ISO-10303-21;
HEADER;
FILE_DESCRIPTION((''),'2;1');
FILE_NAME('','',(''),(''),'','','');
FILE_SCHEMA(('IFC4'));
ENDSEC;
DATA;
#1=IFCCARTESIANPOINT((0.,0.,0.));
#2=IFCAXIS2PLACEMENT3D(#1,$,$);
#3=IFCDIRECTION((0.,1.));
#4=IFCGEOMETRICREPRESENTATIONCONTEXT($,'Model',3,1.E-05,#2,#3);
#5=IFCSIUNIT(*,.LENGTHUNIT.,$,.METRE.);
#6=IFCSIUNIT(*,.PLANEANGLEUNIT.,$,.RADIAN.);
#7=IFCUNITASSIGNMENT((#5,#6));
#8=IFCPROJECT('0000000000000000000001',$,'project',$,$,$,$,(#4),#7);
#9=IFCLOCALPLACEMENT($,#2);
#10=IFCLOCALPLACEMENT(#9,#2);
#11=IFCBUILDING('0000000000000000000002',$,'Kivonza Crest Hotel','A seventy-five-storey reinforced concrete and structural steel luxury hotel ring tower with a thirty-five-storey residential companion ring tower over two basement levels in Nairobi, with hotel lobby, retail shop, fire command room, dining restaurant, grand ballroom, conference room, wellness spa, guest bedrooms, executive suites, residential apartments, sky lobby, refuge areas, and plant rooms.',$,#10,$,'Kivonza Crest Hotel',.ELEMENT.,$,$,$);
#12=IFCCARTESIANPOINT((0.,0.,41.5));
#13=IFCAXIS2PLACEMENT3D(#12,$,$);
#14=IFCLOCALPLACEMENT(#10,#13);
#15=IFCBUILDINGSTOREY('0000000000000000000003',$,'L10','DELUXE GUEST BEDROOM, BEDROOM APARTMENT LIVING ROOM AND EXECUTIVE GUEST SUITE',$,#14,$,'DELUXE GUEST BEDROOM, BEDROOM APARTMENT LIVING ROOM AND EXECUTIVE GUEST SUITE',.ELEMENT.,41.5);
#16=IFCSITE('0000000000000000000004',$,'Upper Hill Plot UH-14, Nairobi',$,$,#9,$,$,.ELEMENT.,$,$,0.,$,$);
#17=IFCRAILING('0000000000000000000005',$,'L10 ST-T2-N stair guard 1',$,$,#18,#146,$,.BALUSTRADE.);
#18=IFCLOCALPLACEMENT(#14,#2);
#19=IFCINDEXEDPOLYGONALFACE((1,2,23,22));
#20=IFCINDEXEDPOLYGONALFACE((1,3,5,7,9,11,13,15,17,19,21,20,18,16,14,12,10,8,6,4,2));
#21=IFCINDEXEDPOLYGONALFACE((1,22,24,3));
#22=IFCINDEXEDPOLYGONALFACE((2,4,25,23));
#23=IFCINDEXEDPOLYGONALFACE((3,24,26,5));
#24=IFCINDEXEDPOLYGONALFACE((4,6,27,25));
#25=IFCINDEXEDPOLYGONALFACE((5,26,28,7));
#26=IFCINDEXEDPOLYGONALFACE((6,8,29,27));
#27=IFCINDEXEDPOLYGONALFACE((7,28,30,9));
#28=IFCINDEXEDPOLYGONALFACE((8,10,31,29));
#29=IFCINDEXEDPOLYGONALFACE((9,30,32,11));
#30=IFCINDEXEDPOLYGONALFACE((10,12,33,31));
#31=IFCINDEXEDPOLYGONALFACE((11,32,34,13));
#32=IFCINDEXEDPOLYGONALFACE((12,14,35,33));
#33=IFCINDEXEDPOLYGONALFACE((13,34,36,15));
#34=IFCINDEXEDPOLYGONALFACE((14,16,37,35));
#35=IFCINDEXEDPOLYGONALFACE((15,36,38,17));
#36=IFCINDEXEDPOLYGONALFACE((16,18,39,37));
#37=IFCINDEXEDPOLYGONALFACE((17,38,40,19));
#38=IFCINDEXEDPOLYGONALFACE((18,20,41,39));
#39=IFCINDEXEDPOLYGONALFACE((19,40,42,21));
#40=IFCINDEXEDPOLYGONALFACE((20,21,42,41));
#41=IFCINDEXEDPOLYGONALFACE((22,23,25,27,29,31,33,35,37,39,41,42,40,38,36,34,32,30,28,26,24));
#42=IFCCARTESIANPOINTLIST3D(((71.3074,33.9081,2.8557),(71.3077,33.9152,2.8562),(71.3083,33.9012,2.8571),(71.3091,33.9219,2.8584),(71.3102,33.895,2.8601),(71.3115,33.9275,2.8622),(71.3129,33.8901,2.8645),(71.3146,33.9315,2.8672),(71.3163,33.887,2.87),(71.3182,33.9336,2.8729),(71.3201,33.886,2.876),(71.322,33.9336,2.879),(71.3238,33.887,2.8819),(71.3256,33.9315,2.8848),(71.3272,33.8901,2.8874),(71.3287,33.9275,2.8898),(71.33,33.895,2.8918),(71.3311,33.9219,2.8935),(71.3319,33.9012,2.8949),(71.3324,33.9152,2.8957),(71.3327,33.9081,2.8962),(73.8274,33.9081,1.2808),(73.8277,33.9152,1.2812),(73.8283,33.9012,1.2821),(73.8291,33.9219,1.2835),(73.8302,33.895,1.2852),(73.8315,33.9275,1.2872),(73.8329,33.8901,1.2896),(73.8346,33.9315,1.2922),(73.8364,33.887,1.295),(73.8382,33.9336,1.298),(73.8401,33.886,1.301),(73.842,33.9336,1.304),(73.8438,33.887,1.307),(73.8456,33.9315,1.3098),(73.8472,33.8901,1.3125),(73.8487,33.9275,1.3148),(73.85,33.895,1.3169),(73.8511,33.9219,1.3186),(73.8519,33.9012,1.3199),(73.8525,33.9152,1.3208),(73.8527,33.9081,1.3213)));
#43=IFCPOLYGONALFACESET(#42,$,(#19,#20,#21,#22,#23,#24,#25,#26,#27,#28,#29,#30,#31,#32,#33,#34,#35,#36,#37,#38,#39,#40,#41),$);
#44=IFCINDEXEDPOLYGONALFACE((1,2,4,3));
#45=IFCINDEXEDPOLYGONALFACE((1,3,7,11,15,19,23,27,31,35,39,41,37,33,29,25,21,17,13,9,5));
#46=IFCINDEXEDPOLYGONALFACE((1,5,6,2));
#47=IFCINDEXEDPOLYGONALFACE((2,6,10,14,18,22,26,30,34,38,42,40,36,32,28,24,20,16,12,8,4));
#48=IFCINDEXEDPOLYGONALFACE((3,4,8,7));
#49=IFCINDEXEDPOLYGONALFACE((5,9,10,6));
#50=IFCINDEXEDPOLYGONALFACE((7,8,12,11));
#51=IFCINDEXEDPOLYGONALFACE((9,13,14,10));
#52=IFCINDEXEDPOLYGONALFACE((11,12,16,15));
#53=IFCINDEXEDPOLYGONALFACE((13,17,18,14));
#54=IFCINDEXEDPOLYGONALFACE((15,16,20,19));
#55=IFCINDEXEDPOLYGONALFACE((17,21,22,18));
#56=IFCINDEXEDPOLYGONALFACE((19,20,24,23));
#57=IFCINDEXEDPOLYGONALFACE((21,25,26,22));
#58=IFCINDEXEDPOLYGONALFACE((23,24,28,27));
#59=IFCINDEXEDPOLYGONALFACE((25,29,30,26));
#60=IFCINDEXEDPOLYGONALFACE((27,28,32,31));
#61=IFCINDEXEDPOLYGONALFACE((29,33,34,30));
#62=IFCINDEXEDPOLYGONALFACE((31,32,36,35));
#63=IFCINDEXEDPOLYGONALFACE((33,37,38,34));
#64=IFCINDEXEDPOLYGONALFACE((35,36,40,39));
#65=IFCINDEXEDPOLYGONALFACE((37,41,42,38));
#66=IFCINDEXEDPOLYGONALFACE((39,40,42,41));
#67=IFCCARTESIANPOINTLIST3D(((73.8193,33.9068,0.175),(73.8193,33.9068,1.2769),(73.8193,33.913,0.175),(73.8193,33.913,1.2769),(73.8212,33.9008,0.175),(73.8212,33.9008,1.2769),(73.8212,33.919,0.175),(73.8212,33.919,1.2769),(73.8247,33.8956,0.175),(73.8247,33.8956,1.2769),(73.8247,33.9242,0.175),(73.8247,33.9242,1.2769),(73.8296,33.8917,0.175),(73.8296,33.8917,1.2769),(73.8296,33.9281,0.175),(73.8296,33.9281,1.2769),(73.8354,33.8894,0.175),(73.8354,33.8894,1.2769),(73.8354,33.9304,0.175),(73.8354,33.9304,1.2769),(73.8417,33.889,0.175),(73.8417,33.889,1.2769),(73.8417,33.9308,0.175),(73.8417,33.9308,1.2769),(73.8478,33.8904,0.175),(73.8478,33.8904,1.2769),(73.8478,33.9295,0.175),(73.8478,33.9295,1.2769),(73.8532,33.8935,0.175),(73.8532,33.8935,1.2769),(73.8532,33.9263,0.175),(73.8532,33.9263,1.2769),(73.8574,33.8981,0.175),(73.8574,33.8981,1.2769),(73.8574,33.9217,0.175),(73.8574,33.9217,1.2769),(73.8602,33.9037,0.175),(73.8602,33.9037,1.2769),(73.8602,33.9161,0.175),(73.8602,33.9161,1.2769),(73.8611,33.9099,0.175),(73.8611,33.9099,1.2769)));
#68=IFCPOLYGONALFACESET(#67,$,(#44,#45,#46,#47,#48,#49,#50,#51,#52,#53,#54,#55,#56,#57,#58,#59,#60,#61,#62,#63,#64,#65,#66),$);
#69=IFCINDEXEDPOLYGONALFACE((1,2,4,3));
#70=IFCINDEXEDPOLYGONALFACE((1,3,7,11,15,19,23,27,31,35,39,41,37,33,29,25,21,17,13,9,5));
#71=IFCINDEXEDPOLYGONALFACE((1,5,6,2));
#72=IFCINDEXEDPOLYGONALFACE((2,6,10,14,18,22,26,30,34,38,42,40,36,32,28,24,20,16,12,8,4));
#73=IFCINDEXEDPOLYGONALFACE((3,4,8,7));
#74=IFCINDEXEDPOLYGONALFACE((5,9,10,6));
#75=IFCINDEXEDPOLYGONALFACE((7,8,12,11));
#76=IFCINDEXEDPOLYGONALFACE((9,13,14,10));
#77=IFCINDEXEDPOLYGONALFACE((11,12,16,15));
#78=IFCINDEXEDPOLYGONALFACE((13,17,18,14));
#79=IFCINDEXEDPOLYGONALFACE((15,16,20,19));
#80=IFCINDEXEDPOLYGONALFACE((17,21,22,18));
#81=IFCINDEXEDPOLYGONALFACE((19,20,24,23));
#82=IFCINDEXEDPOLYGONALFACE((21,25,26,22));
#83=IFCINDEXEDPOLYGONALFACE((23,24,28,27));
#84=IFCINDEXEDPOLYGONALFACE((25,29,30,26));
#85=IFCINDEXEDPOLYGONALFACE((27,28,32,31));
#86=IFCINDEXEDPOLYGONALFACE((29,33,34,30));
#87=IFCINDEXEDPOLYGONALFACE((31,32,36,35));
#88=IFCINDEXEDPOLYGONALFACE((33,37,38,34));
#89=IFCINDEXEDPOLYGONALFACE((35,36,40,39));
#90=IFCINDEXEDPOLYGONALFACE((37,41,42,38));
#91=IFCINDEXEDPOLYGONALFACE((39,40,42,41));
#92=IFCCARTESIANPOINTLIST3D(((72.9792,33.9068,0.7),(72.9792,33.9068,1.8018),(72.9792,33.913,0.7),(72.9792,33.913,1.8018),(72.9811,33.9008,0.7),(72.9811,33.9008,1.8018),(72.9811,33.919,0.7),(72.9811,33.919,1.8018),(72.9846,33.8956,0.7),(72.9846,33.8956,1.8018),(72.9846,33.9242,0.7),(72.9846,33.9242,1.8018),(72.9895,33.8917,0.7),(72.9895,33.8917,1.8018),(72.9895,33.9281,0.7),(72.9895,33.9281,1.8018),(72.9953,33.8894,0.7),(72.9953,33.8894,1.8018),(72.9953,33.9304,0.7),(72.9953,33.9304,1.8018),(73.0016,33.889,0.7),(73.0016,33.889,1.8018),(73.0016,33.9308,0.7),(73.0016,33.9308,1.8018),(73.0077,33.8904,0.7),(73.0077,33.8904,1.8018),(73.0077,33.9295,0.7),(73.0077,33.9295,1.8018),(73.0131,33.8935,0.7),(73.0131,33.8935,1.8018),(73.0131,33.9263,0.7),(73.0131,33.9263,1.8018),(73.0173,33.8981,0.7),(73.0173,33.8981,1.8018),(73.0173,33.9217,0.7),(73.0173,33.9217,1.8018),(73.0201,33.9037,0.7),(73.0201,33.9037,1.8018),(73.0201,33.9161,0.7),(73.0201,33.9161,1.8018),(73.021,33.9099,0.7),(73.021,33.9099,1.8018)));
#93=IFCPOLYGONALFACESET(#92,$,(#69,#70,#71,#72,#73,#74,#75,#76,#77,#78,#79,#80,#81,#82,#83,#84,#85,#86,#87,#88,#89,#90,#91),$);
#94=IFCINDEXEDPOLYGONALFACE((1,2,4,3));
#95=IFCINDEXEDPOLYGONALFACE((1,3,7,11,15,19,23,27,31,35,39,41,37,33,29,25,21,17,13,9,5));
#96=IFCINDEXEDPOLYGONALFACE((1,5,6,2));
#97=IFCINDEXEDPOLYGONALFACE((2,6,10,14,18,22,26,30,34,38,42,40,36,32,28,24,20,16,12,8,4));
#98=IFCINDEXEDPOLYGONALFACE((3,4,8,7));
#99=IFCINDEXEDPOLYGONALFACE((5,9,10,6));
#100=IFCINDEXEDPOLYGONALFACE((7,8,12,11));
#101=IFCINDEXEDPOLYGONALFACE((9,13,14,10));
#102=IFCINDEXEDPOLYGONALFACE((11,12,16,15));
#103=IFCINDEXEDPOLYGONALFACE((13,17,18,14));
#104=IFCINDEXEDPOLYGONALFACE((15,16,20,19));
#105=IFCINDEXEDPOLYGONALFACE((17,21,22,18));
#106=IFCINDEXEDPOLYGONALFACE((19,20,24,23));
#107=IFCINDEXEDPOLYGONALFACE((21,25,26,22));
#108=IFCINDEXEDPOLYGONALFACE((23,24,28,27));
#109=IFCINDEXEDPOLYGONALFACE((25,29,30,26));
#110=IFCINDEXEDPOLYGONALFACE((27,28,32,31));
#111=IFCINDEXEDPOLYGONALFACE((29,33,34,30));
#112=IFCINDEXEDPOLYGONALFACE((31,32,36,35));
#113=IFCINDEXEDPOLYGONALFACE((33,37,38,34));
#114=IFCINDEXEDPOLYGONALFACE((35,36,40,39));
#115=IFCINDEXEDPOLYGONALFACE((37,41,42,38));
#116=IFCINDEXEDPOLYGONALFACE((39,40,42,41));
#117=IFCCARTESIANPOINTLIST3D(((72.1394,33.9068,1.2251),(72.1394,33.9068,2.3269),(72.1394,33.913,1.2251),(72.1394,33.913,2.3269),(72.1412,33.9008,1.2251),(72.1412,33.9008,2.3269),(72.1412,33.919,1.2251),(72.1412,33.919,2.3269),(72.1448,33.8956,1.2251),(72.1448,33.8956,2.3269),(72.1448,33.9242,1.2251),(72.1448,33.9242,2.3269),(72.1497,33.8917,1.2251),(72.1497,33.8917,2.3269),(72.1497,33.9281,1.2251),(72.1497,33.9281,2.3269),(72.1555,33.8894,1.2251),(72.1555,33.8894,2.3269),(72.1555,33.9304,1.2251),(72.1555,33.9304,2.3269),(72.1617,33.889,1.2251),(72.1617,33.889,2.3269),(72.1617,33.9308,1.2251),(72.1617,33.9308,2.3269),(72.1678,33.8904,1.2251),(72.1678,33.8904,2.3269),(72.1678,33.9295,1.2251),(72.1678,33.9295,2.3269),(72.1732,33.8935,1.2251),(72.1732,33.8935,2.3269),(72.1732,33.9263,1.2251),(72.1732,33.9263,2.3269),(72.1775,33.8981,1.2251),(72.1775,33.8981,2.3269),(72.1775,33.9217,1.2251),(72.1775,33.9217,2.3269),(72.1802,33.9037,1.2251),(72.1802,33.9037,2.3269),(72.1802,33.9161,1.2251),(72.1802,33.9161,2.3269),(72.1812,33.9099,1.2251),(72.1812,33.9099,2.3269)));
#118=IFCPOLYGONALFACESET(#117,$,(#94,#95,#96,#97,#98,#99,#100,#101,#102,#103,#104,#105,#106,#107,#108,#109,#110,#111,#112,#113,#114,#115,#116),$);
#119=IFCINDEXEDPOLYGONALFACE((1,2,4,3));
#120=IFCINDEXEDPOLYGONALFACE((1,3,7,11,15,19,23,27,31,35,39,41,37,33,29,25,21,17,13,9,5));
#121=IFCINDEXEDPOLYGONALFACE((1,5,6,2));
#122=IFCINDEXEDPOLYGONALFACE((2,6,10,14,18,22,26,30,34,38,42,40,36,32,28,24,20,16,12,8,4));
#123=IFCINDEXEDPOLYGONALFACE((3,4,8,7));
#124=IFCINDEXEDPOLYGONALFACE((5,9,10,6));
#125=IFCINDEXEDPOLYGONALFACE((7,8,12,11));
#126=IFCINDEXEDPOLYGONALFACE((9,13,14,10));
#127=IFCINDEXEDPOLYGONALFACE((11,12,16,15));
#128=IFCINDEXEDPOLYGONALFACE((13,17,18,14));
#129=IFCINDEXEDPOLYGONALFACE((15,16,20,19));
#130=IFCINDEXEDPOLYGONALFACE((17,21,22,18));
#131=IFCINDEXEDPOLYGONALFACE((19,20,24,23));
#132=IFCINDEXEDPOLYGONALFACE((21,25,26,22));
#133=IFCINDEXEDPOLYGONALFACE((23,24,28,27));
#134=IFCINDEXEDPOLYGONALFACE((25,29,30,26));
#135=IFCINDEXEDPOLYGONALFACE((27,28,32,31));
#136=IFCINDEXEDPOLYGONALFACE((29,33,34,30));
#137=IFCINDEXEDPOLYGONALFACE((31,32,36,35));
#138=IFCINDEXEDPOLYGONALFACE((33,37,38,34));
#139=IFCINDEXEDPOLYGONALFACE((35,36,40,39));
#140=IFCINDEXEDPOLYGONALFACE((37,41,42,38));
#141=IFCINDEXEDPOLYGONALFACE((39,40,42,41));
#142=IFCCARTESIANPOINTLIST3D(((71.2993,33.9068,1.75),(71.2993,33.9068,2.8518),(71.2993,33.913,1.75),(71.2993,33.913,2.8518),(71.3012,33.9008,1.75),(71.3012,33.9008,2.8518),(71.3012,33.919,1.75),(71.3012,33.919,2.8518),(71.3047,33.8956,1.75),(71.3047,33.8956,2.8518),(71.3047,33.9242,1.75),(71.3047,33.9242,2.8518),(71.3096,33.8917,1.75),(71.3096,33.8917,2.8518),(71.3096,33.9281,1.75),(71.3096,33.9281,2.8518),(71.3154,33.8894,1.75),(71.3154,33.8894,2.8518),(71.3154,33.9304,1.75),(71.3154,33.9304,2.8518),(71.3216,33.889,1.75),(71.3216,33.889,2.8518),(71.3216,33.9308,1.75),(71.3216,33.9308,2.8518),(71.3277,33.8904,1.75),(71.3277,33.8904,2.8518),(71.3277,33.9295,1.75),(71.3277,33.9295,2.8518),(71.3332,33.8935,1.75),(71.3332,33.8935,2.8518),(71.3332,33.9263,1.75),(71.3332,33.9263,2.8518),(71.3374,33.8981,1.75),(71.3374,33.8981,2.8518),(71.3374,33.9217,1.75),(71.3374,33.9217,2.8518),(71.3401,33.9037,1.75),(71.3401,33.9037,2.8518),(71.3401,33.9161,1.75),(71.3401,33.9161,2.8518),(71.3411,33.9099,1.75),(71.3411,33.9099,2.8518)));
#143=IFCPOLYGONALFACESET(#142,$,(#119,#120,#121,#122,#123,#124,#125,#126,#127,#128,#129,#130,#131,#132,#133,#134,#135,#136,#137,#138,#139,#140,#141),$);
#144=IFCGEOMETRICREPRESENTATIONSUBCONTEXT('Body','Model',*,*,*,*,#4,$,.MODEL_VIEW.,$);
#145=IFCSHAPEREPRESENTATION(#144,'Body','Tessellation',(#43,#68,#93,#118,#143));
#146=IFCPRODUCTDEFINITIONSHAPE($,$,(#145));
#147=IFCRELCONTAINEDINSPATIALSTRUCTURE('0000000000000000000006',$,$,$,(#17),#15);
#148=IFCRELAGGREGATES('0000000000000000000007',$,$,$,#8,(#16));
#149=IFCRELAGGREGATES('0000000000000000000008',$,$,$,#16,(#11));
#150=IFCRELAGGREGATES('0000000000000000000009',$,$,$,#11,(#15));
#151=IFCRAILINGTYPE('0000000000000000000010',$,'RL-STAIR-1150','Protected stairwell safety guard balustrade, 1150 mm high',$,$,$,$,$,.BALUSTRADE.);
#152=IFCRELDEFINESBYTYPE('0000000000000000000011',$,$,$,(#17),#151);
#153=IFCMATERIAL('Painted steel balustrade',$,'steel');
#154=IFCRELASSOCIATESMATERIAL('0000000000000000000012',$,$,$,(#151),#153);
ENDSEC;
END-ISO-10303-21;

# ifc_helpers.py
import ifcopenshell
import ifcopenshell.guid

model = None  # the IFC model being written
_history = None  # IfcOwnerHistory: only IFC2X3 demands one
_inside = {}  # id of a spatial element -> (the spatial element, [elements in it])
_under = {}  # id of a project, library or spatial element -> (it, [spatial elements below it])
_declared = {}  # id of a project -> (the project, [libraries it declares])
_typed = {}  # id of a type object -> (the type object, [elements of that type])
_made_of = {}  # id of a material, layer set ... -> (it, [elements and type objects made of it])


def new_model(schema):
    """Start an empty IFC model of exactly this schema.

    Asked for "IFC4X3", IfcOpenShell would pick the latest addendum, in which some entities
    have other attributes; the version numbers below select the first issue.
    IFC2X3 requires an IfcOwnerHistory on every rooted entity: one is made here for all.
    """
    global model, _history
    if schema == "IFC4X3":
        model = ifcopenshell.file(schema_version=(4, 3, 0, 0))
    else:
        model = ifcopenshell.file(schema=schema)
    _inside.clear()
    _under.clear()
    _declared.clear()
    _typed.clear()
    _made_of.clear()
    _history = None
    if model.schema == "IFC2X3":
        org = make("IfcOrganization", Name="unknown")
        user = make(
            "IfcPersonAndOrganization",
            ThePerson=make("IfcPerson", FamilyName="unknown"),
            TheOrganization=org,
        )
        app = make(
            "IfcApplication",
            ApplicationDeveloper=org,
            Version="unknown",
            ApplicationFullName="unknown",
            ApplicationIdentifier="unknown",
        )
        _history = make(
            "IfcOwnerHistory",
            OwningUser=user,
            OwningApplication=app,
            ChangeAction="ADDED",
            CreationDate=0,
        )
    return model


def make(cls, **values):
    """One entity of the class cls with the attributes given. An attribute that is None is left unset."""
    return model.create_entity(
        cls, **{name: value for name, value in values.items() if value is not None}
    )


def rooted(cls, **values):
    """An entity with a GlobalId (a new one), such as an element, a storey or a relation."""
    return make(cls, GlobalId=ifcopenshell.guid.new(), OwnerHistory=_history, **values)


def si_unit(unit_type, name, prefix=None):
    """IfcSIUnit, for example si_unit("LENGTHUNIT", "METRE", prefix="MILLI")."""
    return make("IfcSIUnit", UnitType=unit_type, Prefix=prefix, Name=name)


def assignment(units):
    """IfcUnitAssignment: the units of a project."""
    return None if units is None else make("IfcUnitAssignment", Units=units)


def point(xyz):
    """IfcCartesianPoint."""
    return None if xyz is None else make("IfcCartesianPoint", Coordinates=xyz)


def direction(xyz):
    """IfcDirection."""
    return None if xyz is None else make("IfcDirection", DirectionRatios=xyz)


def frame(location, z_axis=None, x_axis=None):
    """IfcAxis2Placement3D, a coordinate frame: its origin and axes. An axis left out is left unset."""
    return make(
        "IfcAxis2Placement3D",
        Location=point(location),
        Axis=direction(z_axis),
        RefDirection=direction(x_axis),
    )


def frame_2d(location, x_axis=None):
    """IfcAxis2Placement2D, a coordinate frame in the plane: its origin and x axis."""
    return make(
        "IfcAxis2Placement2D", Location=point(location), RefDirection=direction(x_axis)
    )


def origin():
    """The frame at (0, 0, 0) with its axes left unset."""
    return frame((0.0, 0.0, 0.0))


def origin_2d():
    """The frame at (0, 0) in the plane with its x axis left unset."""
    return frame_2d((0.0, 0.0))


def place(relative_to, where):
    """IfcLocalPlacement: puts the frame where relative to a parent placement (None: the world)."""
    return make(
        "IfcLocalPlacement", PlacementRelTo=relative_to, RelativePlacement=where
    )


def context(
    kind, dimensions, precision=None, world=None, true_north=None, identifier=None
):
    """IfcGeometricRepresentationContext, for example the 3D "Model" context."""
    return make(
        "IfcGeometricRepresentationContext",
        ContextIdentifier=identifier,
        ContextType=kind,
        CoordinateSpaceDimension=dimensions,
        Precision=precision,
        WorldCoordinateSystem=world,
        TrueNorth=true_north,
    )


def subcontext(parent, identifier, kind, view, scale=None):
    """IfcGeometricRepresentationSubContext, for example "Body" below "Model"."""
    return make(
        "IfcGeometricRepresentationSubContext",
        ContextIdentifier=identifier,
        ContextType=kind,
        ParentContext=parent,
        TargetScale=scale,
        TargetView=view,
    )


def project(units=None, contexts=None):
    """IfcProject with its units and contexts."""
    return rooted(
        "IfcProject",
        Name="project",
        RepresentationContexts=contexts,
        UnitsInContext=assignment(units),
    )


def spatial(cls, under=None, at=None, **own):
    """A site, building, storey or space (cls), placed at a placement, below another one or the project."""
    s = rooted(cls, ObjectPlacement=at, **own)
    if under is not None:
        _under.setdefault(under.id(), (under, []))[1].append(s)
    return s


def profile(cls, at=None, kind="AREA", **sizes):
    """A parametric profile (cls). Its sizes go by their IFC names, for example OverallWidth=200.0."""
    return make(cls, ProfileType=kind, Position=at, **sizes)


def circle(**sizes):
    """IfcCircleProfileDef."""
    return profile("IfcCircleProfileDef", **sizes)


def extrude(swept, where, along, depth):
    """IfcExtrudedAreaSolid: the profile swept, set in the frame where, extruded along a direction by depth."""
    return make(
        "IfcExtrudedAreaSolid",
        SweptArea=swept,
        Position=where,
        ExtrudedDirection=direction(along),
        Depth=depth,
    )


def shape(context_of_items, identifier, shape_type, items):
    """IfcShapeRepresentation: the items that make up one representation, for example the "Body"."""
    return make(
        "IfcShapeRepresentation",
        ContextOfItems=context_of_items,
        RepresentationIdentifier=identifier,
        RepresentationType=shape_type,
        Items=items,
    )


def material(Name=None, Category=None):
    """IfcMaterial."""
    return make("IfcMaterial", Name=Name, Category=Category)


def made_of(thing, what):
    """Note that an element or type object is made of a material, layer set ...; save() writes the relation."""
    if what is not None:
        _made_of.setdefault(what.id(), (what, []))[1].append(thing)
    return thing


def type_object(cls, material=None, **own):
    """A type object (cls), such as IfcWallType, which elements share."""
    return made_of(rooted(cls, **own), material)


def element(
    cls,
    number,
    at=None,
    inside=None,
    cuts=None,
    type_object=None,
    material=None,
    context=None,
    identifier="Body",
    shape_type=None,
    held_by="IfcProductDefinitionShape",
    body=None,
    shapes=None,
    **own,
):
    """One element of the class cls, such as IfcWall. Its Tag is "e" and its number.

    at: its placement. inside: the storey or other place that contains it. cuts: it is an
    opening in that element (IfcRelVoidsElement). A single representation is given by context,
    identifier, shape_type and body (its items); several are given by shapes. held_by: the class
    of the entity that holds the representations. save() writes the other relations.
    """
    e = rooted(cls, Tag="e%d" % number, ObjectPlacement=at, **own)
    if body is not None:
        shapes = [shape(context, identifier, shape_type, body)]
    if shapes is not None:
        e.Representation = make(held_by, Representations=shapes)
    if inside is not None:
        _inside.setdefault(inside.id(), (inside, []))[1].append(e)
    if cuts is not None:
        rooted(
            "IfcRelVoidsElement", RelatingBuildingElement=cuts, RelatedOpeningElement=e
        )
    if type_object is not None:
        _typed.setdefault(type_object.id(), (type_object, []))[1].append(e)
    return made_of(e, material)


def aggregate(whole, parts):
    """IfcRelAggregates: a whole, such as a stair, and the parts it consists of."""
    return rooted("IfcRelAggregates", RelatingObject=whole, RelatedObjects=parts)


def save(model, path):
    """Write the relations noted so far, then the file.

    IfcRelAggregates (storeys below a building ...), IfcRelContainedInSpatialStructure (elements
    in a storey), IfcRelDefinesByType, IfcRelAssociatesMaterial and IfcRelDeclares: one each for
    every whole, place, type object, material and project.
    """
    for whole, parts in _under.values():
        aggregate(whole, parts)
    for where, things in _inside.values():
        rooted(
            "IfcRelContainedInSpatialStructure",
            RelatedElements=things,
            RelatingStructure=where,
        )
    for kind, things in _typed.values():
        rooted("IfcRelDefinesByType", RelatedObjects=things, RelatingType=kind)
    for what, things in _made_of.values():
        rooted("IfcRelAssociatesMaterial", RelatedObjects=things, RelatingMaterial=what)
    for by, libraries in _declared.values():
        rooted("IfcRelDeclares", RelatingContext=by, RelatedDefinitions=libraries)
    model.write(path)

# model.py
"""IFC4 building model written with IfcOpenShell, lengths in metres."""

from ifc_helpers import new_model, si_unit, direction, frame, origin, origin_2d, place, context, subcontext, project, spatial, circle, extrude, material, type_object, element, save


model = new_model("IFC4")

# Units and contexts
model_context = context("Model", 3, precision=1e-05, world=origin(), true_north=direction((0.0, 1.0)))
body_context = subcontext(model_context, "Body", "Model", "MODEL_VIEW")
ifc_project = project(units=[si_unit("LENGTHUNIT", "METRE"), si_unit("PLANEANGLEUNIT", "RADIAN")], contexts=[model_context])

# Site, building, storey
site_placement = place(None, origin())
site = spatial("IfcSite", under=ifc_project, at=site_placement, Name="Upper Hill Plot UH-14, Nairobi", CompositionType="ELEMENT", RefElevation=0.0)
building_placement = place(site_placement, origin())
building = spatial("IfcBuilding", under=site, at=building_placement, Name="Kivonza Crest Hotel", Description="A seventy-five-storey reinforced concrete and structural steel luxury hotel ring tower with a thirty-five-storey residential companion ring tower over two basement levels in Nairobi, with hotel lobby, retail shop, fire command room, dining restaurant, grand ballroom, conference room, wellness spa, guest bedrooms, executive suites, residential apartments, sky lobby, refuge areas, and plant rooms.", LongName="Kivonza Crest Hotel", CompositionType="ELEMENT")
storey_placement = place(building_placement, frame((0.0, 0.0, 41.5)))
storey = spatial("IfcBuildingStorey", under=building, at=storey_placement, Name="L10", Description="DELUXE GUEST BEDROOM, BEDROOM APARTMENT LIVING ROOM AND EXECUTIVE GUEST SUITE", LongName="DELUXE GUEST BEDROOM, BEDROOM APARTMENT LIVING ROOM AND EXECUTIVE GUEST SUITE", CompositionType="ELEMENT", Elevation=41.5)

# Railing
ifc_material_1 = material(Name="Painted steel balustrade", Category="steel")
railing_type = type_object("IfcRailingType", Name="RL-STAIR-1150", Description="Protected stairwell safety guard balustrade, 1150 mm high", PredefinedType="BALUSTRADE", material=ifc_material_1)
railing_1_placement = place(storey_placement, frame((73.8401, 33.9099, 0.175)))
element("IfcRailing", 1, at=railing_1_placement, inside=storey, type_object=railing_type, Name="L10 ST-T2-N stair guard 1", PredefinedType="BALUSTRADE", context=body_context, shape_type="SweptSolid", body=[
    extrude(circle(Radius=0.0239, at=origin_2d()), frame((0.0, 0.0, 1.126), z_axis=(-0.848008, 0.0, 0.529984), x_axis=(0.0, -1.0, 0.0)), (0.0, 0.0, 1.0), 2.9717),
    extrude(circle(Radius=0.021, at=origin_2d()), origin(), (0.0, 0.0, 1.0), 1.1018),
    extrude(circle(Radius=0.021, at=origin_2d()), frame((-0.8401, 0.0, 0.5249)), (0.0, 0.0, 1.0), 1.1018),
    extrude(circle(Radius=0.021, at=origin_2d()), frame((-1.6799, 0.0, 1.05)), (0.0, 0.0, 1.0), 1.1018),
    extrude(circle(Radius=0.021, at=origin_2d()), frame((-2.52, 0.0, 1.575)), (0.0, 0.0, 1.0), 1.1018),
])

save(model, "model.ifc")
